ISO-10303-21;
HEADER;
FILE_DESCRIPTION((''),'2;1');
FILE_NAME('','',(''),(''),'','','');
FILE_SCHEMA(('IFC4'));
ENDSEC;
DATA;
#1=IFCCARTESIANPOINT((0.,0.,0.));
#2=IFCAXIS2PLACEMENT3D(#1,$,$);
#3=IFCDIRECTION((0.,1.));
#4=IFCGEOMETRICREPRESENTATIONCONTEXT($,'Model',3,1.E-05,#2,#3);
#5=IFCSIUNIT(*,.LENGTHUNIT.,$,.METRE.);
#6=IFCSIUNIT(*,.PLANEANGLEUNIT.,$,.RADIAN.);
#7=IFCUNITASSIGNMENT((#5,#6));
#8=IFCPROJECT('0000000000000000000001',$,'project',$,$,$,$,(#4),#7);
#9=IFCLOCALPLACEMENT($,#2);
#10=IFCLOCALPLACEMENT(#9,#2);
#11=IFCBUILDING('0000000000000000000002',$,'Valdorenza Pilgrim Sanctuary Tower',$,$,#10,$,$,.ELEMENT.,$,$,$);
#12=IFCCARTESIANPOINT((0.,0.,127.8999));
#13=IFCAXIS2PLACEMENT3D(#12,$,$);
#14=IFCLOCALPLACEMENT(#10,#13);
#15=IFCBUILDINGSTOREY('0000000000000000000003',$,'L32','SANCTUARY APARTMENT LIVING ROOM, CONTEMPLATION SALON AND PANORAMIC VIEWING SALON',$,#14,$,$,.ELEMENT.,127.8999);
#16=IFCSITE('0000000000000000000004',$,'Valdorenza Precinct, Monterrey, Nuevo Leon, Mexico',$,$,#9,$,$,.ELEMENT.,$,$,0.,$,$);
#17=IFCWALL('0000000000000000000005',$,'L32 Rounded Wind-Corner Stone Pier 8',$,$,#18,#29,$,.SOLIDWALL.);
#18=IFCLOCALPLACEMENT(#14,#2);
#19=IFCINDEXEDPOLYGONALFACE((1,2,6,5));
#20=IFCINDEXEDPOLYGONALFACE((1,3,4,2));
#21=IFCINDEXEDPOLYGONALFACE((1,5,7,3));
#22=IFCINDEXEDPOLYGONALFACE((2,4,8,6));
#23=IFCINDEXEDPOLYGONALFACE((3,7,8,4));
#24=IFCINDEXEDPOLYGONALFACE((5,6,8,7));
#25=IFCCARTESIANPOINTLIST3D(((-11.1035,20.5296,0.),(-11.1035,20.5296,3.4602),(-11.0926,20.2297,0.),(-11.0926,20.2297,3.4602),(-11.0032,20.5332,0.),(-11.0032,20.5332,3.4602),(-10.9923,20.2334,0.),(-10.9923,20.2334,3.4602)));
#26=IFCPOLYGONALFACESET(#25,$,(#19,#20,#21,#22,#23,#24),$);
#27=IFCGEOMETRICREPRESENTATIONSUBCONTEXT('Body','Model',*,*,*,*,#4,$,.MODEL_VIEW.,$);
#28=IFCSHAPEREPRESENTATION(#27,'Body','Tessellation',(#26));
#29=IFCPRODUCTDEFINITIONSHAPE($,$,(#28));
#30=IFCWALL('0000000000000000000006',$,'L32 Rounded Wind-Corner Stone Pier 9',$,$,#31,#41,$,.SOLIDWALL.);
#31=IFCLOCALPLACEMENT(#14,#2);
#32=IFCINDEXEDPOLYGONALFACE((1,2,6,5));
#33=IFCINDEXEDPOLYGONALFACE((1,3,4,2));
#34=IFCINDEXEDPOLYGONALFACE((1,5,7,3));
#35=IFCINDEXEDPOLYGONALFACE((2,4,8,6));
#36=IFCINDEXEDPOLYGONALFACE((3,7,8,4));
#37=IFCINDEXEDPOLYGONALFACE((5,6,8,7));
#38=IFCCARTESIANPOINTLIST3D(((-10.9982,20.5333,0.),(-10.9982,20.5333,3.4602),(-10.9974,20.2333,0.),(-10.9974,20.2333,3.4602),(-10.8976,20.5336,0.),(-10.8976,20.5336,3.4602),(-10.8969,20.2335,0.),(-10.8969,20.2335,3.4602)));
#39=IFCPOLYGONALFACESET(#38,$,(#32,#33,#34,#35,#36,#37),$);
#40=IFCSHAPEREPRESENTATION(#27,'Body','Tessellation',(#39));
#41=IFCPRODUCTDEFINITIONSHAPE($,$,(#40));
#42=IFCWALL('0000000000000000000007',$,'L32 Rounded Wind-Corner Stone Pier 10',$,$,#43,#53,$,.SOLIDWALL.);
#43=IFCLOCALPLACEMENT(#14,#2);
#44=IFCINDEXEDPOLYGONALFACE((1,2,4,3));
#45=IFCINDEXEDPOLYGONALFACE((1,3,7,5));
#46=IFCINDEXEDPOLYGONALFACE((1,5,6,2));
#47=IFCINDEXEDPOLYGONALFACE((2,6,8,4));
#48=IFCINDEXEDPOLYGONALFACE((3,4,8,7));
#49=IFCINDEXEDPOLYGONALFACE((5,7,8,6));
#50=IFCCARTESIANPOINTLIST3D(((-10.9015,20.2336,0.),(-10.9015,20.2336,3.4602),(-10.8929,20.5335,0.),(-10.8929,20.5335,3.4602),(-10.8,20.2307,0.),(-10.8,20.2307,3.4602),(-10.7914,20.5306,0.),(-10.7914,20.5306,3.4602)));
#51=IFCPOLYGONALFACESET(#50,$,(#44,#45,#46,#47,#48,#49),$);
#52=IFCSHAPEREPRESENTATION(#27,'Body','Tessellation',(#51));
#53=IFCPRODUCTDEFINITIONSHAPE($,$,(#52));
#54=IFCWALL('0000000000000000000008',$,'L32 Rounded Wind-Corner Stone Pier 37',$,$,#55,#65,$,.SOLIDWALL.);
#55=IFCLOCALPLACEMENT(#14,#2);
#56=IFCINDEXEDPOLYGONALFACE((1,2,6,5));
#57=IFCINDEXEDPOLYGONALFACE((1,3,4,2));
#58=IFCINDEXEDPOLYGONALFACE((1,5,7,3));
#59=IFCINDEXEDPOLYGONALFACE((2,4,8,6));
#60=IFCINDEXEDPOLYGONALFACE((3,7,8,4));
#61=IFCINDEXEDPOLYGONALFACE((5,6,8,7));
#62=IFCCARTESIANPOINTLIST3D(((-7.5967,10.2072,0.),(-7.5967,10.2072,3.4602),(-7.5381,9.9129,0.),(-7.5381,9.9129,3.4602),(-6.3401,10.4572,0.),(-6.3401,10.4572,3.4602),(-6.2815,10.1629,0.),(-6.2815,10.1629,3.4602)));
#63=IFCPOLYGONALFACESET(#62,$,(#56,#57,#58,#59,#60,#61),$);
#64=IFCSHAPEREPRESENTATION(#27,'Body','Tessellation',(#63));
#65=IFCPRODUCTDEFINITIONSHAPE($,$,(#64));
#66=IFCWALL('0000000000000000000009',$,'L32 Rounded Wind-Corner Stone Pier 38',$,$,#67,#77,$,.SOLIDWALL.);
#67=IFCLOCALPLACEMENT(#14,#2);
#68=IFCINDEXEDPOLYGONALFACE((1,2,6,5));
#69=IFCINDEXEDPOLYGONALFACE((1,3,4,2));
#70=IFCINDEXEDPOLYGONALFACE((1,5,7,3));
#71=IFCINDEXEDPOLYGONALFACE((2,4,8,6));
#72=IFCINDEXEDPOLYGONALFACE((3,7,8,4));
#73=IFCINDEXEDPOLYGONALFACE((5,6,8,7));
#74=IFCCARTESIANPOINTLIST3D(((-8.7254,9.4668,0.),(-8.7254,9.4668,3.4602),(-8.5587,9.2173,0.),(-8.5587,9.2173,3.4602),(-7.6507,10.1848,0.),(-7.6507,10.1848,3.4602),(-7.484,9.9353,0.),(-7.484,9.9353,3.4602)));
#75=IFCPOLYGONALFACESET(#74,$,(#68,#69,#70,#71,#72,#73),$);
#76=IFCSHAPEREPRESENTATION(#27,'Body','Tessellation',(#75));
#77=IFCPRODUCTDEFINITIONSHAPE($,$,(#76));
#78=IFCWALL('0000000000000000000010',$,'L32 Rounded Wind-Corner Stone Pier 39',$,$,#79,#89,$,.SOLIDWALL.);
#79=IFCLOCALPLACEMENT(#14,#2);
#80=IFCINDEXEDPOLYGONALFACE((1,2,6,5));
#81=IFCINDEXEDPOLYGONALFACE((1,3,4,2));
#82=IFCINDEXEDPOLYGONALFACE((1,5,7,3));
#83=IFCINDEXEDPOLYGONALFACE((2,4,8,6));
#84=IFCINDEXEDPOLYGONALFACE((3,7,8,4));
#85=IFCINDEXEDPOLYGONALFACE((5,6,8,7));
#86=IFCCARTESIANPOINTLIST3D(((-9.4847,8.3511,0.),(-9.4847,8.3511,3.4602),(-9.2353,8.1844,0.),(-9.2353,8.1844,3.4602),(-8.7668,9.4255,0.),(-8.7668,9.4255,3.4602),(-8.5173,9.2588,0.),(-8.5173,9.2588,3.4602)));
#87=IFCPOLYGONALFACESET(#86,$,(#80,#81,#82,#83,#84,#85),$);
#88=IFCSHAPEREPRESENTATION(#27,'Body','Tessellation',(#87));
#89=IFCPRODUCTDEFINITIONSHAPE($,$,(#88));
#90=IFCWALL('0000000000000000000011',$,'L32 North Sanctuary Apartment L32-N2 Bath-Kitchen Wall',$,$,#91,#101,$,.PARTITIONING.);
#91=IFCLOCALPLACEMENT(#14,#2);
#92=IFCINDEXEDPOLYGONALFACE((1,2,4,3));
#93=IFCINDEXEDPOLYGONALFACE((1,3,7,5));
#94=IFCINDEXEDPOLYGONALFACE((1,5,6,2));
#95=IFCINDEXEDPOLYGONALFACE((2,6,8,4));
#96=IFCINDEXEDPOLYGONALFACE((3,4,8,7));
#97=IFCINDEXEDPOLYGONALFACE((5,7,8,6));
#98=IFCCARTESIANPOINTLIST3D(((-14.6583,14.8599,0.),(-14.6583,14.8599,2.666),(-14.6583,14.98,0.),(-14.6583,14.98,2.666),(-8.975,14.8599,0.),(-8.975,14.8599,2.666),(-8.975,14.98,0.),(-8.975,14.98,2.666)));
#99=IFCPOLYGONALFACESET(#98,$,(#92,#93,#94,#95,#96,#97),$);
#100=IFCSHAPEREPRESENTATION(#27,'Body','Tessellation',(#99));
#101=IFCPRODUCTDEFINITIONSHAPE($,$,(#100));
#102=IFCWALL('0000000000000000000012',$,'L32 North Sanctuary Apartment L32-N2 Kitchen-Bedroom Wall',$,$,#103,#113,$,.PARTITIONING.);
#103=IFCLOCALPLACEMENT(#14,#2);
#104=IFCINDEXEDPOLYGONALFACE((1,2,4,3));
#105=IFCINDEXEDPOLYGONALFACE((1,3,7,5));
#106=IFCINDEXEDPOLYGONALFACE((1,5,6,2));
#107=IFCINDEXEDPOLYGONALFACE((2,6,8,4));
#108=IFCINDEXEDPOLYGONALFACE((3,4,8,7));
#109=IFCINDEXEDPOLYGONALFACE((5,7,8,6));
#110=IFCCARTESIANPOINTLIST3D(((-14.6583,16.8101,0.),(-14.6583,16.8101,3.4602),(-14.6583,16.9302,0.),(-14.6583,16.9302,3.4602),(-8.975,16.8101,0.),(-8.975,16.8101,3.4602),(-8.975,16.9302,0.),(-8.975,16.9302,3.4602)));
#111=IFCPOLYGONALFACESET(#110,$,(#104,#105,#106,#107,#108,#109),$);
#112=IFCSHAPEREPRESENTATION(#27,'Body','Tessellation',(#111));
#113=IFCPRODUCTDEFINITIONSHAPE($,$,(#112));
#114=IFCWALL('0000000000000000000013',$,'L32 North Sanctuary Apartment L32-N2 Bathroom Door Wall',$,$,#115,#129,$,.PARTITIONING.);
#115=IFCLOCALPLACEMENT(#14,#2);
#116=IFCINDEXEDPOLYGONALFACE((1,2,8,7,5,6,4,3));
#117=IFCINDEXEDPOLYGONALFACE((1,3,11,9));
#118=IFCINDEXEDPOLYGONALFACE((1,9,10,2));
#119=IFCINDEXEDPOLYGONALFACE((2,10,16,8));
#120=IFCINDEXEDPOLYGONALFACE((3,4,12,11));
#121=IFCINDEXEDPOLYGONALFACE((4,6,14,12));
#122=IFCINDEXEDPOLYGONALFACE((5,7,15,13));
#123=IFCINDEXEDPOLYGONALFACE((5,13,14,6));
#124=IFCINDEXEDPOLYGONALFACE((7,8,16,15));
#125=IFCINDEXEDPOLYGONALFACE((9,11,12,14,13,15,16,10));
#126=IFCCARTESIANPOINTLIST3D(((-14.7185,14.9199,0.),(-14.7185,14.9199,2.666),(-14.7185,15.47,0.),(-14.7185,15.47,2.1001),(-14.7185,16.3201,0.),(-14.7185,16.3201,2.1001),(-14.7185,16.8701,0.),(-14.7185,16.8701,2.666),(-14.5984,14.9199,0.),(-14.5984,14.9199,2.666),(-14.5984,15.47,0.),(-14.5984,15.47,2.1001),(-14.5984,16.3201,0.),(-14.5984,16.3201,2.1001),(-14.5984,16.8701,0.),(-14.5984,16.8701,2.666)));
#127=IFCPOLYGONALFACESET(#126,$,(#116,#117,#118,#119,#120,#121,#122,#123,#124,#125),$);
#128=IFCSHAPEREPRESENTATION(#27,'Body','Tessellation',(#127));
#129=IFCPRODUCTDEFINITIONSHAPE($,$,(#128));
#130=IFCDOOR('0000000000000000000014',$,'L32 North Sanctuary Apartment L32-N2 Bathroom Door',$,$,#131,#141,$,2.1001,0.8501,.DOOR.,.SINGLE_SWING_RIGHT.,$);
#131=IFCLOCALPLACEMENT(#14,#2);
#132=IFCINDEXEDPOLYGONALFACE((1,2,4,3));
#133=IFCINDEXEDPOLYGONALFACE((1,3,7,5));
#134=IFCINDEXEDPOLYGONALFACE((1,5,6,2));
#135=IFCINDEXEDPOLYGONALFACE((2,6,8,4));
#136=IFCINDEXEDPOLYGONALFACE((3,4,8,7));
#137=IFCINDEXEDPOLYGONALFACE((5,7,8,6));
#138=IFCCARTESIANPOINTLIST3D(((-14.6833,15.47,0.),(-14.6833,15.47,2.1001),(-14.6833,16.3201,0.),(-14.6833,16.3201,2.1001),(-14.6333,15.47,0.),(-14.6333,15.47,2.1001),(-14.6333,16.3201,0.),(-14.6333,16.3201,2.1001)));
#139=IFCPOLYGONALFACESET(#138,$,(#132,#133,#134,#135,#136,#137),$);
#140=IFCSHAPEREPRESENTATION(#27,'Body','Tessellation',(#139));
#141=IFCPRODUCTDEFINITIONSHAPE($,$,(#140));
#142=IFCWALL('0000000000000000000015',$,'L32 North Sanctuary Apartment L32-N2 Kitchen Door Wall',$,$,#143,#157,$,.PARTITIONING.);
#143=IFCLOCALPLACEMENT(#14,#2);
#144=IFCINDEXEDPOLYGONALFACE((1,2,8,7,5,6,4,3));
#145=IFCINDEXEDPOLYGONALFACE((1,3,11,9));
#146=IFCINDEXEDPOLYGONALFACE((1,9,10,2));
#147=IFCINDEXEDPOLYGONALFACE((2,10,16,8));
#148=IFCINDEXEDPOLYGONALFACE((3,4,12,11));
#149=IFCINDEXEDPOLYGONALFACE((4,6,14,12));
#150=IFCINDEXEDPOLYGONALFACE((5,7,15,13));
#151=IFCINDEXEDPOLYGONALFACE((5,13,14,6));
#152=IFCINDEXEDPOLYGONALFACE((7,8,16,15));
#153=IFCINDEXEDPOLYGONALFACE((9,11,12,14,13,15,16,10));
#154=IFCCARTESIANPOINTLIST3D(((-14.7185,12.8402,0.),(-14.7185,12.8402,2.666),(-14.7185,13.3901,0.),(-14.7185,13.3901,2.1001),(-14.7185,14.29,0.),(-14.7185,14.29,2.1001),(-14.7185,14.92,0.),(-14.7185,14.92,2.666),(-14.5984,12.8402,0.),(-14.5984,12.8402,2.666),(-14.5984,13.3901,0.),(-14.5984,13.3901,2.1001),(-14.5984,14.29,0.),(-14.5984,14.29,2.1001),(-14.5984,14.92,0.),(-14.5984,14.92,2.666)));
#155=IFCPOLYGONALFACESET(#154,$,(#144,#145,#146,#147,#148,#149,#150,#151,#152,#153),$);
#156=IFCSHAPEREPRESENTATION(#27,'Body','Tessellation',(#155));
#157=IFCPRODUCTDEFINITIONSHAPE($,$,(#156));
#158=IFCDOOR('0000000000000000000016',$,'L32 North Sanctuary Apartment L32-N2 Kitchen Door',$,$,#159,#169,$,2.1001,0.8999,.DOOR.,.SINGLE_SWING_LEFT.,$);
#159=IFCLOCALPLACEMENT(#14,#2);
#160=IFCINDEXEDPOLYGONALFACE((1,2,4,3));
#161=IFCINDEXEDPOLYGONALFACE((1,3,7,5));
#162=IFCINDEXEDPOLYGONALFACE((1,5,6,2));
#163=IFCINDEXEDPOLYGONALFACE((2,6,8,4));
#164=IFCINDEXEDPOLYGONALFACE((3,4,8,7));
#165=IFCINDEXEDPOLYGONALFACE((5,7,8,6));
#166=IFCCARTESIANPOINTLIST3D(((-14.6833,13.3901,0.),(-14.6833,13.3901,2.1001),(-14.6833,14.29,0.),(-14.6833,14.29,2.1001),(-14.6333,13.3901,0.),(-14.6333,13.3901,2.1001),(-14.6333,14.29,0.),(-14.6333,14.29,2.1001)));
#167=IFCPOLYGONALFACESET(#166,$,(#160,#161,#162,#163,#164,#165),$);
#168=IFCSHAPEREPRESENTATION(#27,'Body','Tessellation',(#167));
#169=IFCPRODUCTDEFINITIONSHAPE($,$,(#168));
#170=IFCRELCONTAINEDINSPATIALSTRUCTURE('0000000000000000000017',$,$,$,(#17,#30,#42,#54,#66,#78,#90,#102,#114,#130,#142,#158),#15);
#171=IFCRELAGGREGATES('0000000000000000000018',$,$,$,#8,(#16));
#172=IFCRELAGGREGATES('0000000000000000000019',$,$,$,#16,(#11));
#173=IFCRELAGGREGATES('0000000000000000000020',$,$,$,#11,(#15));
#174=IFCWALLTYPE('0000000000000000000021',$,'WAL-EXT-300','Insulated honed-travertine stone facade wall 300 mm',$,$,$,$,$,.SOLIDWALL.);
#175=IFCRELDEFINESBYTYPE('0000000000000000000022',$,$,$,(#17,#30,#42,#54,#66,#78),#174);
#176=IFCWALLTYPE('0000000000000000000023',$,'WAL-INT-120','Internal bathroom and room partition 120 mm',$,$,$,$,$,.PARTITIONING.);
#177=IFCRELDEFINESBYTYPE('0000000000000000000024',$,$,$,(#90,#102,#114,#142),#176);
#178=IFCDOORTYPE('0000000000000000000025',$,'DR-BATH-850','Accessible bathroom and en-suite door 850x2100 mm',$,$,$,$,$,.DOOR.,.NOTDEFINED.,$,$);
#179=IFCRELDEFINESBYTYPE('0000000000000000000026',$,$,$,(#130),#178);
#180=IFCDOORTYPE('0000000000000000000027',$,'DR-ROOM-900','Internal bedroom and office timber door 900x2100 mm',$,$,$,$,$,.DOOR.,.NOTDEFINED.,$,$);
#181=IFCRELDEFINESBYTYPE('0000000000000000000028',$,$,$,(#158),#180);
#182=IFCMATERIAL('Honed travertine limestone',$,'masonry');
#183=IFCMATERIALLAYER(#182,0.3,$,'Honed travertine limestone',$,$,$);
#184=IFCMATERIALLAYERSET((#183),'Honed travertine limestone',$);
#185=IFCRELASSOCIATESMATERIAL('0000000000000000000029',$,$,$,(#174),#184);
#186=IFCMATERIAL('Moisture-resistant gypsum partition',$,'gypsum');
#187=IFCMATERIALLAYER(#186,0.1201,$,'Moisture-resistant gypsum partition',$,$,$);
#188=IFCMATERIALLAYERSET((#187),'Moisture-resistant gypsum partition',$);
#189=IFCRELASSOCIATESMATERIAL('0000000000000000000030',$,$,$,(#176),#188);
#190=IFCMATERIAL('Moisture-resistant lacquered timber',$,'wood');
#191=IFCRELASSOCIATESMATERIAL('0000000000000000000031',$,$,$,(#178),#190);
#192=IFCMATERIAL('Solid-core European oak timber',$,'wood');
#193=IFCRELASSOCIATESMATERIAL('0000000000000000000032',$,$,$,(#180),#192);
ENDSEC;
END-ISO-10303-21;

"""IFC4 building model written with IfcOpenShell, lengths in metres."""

from ifc_helpers import new_model, si_unit, direction, frame, frame_2d, origin, place, context, subcontext, project, spatial, rectangle, extrude, material, layer, layer_set, type_object, element, fill, save


model = new_model("IFC4")

# Units and contexts
model_context = context("Model", 3, precision=1e-05, world=origin(), true_north=direction((0.0, 1.0)))
body_context = subcontext(model_context, "Body", "Model", "MODEL_VIEW")
ifc_project = project(units=[si_unit("LENGTHUNIT", "METRE"), si_unit("PLANEANGLEUNIT", "RADIAN")], contexts=[model_context])

# Site, building, storey
site_placement = place(None, origin())
site = spatial("IfcSite", under=ifc_project, at=site_placement, Name="Valdorenza Precinct, Monterrey, Nuevo Leon, Mexico", CompositionType="ELEMENT", RefElevation=0.0)
building_placement = place(site_placement, origin())
building = spatial("IfcBuilding", under=site, at=building_placement, Name="Valdorenza Pilgrim Sanctuary Tower", CompositionType="ELEMENT")
storey_placement = place(building_placement, frame((0.0, 0.0, 127.8999)))
storey = spatial("IfcBuildingStorey", under=building, at=storey_placement, Name="L32", Description="SANCTUARY APARTMENT LIVING ROOM, CONTEMPLATION SALON AND PANORAMIC VIEWING SALON", CompositionType="ELEMENT", Elevation=127.8999)

# Shared definitions
ifc_material_1 = material(Name="Honed travertine limestone", Category="masonry")

# Walls
ifc_layer_1 = layer(ifc_material_1, 0.3, Name="Honed travertine limestone")
ifc_layer_set_1 = layer_set([ifc_layer_1], Name="Honed travertine limestone")
wall_type_1 = type_object("IfcWallType", Name="WAL-EXT-300", Description="Insulated honed-travertine stone facade wall 300 mm", PredefinedType="SOLIDWALL", material=ifc_layer_set_1)
wall_1_placement = place(storey_placement, frame((-11.0981, 20.3796, 0.0), z_axis=(0.0, 0.0, 1.0), x_axis=(0.999335, 0.036472, 0.0)))
element("IfcWall", 1, at=wall_1_placement, inside=storey, type_object=wall_type_1, Name="L32 Rounded Wind-Corner Stone Pier 8", PredefinedType="SOLIDWALL", context=body_context, shape_type="SweptSolid", body=[
    extrude(rectangle(XDim=0.1003, YDim=0.3, at=frame_2d((0.0503, 0.0))), origin(), (0.0, 0.0, 1.0), 3.4602),
])
wall_2_placement = place(storey_placement, frame((-10.9978, 20.3833, 0.0), z_axis=(0.0, 0.0, 1.0), x_axis=(0.999997, 0.002427, 0.0)))
element("IfcWall", 2, at=wall_2_placement, inside=storey, type_object=wall_type_1, Name="L32 Rounded Wind-Corner Stone Pier 9", PredefinedType="SOLIDWALL", context=body_context, shape_type="SweptSolid", body=[
    extrude(rectangle(XDim=0.1006, YDim=0.3, at=frame_2d((0.0503, 0.0))), origin(), (0.0, 0.0, 1.0), 3.4602),
])
wall_3_placement = place(storey_placement, frame((-10.8972, 20.3835, 0.0), z_axis=(0.0, 0.0, 1.0), x_axis=(0.999584, -0.028834, 0.0)))
element("IfcWall", 3, at=wall_3_placement, inside=storey, type_object=wall_type_1, Name="L32 Rounded Wind-Corner Stone Pier 10", PredefinedType="SOLIDWALL", context=body_context, shape_type="SweptSolid", body=[
    extrude(rectangle(XDim=0.1016, YDim=0.3, at=frame_2d((0.0508, 0.0))), origin(), (0.0, 0.0, 1.0), 3.4602),
])
wall_4_placement = place(storey_placement, frame((-6.3108, 10.3101, 0.0), z_axis=(0.0, 0.0, 1.0), x_axis=(-0.980778, -0.195127, 0.0)))
element("IfcWall", 4, at=wall_4_placement, inside=storey, type_object=wall_type_1, Name="L32 Rounded Wind-Corner Stone Pier 37", PredefinedType="SOLIDWALL", context=body_context, shape_type="SweptSolid", body=[
    extrude(rectangle(XDim=1.2812, YDim=0.3, at=frame_2d((0.6406, 0.0))), origin(), (0.0, 0.0, 1.0), 3.4602),
])
wall_5_placement = place(storey_placement, frame((-7.5674, 10.0601, 0.0), z_axis=(0.0, 0.0, 1.0), x_axis=(-0.831498, -0.555528, 0.0)))
element("IfcWall", 5, at=wall_5_placement, inside=storey, type_object=wall_type_1, Name="L32 Rounded Wind-Corner Stone Pier 38", PredefinedType="SOLIDWALL", context=body_context, shape_type="SweptSolid", body=[
    extrude(rectangle(XDim=1.2925, YDim=0.3, at=frame_2d((0.6462, 0.0))), origin(), (0.0, 0.0, 1.0), 3.4602),
])
wall_6_placement = place(storey_placement, frame((-8.6421, 9.342, 0.0), z_axis=(0.0, 0.0, 1.0), x_axis=(-0.555615, -0.831439, 0.0)))
element("IfcWall", 6, at=wall_6_placement, inside=storey, type_object=wall_type_1, Name="L32 Rounded Wind-Corner Stone Pier 39", PredefinedType="SOLIDWALL", context=body_context, shape_type="SweptSolid", body=[
    extrude(rectangle(XDim=1.2922, YDim=0.3, at=frame_2d((0.646, 0.0))), origin(), (0.0, 0.0, 1.0), 3.4602),
])
ifc_material_2 = material(Name="Moisture-resistant gypsum partition", Category="gypsum")
ifc_layer_2 = layer(ifc_material_2, 0.1201, Name="Moisture-resistant gypsum partition")
ifc_layer_set_2 = layer_set([ifc_layer_2], Name="Moisture-resistant gypsum partition")
wall_type_2 = type_object("IfcWallType", Name="WAL-INT-120", Description="Internal bathroom and room partition 120 mm", PredefinedType="PARTITIONING", material=ifc_layer_set_2)
wall_7_placement = place(storey_placement, frame((-14.6584, 14.9199, 0.0), z_axis=(0.0, 0.0, 1.0), x_axis=(1.0, 0.0, 0.0)))
element("IfcWall", 7, at=wall_7_placement, inside=storey, type_object=wall_type_2, Name="L32 North Sanctuary Apartment L32-N2 Bath-Kitchen Wall", PredefinedType="PARTITIONING", context=body_context, shape_type="SweptSolid", body=[
    extrude(rectangle(XDim=5.6833, YDim=0.1201, at=frame_2d((2.8418, 0.0))), origin(), (0.0, 0.0, 1.0), 2.666),
])
wall_8_placement = place(storey_placement, frame((-14.6584, 16.8701, 0.0), z_axis=(0.0, 0.0, 1.0), x_axis=(1.0, 0.0, 0.0)))
element("IfcWall", 8, at=wall_8_placement, inside=storey, type_object=wall_type_2, Name="L32 North Sanctuary Apartment L32-N2 Kitchen-Bedroom Wall", PredefinedType="PARTITIONING", context=body_context, shape_type="SweptSolid", body=[
    extrude(rectangle(XDim=5.6833, YDim=0.1201, at=frame_2d((2.8418, 0.0))), origin(), (0.0, 0.0, 1.0), 3.4602),
])

# Walls, openings, doors
wall_9_placement = place(storey_placement, frame((-14.6584, 14.9199, 0.0), z_axis=(0.0, 0.0, 1.0), x_axis=(0.0, 1.0, 0.0)))
wall_9 = element("IfcWall", 9, at=wall_9_placement, inside=storey, type_object=wall_type_2, Name="L32 North Sanctuary Apartment L32-N2 Bathroom Door Wall", PredefinedType="PARTITIONING", context=body_context, shape_type="SweptSolid", body=[
    extrude(rectangle(XDim=1.9502, YDim=0.1201, at=frame_2d((0.9751, 0.0))), origin(), (0.0, 0.0, 1.0), 2.666),
])
opening_1_placement = place(wall_9_placement, frame((0.55, 0.0, 0.0)))
opening_1 = element("IfcOpeningElement", 10, at=opening_1_placement, cuts=wall_9, PredefinedType="OPENING", context=body_context, shape_type="SweptSolid", body=[
    extrude(rectangle(XDim=0.8501, YDim=2.1001, at=frame_2d((0.425, 1.05))), frame((0.0, 0.075, 0.0), z_axis=(0.0, -1.0, 0.0), x_axis=(1.0, 0.0, 0.0)), (0.0, 0.0, 1.0), 0.1499),
])
ifc_material_3 = material(Name="Moisture-resistant lacquered timber", Category="wood")
door_type_1 = type_object("IfcDoorType", Name="DR-BATH-850", Description="Accessible bathroom and en-suite door 850x2100 mm", OperationType="NOTDEFINED", PredefinedType="DOOR", material=ifc_material_3)
door_1_placement = place(opening_1_placement, origin())
door_1 = element("IfcDoor", 11, at=door_1_placement, inside=storey, type_object=door_type_1, Name="L32 North Sanctuary Apartment L32-N2 Bathroom Door", OperationType="SINGLE_SWING_RIGHT", OverallHeight=2.1001, OverallWidth=0.8501, PredefinedType="DOOR", context=body_context, shape_type="SweptSolid", body=[
    extrude(rectangle(XDim=0.8501, YDim=2.1001, at=frame_2d((0.425, 1.05))), frame((0.0, 0.0249, 0.0), z_axis=(0.0, -1.0, 0.0), x_axis=(1.0, 0.0, 0.0)), (0.0, 0.0, 1.0), 0.05),
])
fill(opening_1, door_1)
wall_10_placement = place(storey_placement, frame((-14.6584, 12.8401, 0.0), z_axis=(0.0, 0.0, 1.0), x_axis=(0.0, 1.0, 0.0)))
wall_10 = element("IfcWall", 12, at=wall_10_placement, inside=storey, type_object=wall_type_2, Name="L32 North Sanctuary Apartment L32-N2 Kitchen Door Wall", PredefinedType="PARTITIONING", context=body_context, shape_type="SweptSolid", body=[
    extrude(rectangle(XDim=2.0798, YDim=0.1201, at=frame_2d((1.04, 0.0))), origin(), (0.0, 0.0, 1.0), 2.666),
])
opening_2_placement = place(wall_10_placement, frame((0.55, 0.0, 0.0)))
opening_2 = element("IfcOpeningElement", 13, at=opening_2_placement, cuts=wall_10, PredefinedType="OPENING", context=body_context, shape_type="SweptSolid", body=[
    extrude(rectangle(XDim=0.8999, YDim=2.1001, at=frame_2d((0.45, 1.05))), frame((0.0, 0.075, 0.0), z_axis=(0.0, -1.0, 0.0), x_axis=(1.0, 0.0, 0.0)), (0.0, 0.0, 1.0), 0.1499),
])
ifc_material_4 = material(Name="Solid-core European oak timber", Category="wood")
door_type_2 = type_object("IfcDoorType", Name="DR-ROOM-900", Description="Internal bedroom and office timber door 900x2100 mm", OperationType="NOTDEFINED", PredefinedType="DOOR", material=ifc_material_4)
door_2_placement = place(opening_2_placement, origin())
door_2 = element("IfcDoor", 14, at=door_2_placement, inside=storey, type_object=door_type_2, Name="L32 North Sanctuary Apartment L32-N2 Kitchen Door", OperationType="SINGLE_SWING_LEFT", OverallHeight=2.1001, OverallWidth=0.8999, PredefinedType="DOOR", context=body_context, shape_type="SweptSolid", body=[
    extrude(rectangle(XDim=0.8999, YDim=2.1001, at=frame_2d((0.45, 1.05))), frame((0.0, 0.0249, 0.0), z_axis=(0.0, -1.0, 0.0), x_axis=(1.0, 0.0, 0.0)), (0.0, 0.0, 1.0), 0.05),
])
fill(opening_2, door_2)

save(model, "model.ifc")
